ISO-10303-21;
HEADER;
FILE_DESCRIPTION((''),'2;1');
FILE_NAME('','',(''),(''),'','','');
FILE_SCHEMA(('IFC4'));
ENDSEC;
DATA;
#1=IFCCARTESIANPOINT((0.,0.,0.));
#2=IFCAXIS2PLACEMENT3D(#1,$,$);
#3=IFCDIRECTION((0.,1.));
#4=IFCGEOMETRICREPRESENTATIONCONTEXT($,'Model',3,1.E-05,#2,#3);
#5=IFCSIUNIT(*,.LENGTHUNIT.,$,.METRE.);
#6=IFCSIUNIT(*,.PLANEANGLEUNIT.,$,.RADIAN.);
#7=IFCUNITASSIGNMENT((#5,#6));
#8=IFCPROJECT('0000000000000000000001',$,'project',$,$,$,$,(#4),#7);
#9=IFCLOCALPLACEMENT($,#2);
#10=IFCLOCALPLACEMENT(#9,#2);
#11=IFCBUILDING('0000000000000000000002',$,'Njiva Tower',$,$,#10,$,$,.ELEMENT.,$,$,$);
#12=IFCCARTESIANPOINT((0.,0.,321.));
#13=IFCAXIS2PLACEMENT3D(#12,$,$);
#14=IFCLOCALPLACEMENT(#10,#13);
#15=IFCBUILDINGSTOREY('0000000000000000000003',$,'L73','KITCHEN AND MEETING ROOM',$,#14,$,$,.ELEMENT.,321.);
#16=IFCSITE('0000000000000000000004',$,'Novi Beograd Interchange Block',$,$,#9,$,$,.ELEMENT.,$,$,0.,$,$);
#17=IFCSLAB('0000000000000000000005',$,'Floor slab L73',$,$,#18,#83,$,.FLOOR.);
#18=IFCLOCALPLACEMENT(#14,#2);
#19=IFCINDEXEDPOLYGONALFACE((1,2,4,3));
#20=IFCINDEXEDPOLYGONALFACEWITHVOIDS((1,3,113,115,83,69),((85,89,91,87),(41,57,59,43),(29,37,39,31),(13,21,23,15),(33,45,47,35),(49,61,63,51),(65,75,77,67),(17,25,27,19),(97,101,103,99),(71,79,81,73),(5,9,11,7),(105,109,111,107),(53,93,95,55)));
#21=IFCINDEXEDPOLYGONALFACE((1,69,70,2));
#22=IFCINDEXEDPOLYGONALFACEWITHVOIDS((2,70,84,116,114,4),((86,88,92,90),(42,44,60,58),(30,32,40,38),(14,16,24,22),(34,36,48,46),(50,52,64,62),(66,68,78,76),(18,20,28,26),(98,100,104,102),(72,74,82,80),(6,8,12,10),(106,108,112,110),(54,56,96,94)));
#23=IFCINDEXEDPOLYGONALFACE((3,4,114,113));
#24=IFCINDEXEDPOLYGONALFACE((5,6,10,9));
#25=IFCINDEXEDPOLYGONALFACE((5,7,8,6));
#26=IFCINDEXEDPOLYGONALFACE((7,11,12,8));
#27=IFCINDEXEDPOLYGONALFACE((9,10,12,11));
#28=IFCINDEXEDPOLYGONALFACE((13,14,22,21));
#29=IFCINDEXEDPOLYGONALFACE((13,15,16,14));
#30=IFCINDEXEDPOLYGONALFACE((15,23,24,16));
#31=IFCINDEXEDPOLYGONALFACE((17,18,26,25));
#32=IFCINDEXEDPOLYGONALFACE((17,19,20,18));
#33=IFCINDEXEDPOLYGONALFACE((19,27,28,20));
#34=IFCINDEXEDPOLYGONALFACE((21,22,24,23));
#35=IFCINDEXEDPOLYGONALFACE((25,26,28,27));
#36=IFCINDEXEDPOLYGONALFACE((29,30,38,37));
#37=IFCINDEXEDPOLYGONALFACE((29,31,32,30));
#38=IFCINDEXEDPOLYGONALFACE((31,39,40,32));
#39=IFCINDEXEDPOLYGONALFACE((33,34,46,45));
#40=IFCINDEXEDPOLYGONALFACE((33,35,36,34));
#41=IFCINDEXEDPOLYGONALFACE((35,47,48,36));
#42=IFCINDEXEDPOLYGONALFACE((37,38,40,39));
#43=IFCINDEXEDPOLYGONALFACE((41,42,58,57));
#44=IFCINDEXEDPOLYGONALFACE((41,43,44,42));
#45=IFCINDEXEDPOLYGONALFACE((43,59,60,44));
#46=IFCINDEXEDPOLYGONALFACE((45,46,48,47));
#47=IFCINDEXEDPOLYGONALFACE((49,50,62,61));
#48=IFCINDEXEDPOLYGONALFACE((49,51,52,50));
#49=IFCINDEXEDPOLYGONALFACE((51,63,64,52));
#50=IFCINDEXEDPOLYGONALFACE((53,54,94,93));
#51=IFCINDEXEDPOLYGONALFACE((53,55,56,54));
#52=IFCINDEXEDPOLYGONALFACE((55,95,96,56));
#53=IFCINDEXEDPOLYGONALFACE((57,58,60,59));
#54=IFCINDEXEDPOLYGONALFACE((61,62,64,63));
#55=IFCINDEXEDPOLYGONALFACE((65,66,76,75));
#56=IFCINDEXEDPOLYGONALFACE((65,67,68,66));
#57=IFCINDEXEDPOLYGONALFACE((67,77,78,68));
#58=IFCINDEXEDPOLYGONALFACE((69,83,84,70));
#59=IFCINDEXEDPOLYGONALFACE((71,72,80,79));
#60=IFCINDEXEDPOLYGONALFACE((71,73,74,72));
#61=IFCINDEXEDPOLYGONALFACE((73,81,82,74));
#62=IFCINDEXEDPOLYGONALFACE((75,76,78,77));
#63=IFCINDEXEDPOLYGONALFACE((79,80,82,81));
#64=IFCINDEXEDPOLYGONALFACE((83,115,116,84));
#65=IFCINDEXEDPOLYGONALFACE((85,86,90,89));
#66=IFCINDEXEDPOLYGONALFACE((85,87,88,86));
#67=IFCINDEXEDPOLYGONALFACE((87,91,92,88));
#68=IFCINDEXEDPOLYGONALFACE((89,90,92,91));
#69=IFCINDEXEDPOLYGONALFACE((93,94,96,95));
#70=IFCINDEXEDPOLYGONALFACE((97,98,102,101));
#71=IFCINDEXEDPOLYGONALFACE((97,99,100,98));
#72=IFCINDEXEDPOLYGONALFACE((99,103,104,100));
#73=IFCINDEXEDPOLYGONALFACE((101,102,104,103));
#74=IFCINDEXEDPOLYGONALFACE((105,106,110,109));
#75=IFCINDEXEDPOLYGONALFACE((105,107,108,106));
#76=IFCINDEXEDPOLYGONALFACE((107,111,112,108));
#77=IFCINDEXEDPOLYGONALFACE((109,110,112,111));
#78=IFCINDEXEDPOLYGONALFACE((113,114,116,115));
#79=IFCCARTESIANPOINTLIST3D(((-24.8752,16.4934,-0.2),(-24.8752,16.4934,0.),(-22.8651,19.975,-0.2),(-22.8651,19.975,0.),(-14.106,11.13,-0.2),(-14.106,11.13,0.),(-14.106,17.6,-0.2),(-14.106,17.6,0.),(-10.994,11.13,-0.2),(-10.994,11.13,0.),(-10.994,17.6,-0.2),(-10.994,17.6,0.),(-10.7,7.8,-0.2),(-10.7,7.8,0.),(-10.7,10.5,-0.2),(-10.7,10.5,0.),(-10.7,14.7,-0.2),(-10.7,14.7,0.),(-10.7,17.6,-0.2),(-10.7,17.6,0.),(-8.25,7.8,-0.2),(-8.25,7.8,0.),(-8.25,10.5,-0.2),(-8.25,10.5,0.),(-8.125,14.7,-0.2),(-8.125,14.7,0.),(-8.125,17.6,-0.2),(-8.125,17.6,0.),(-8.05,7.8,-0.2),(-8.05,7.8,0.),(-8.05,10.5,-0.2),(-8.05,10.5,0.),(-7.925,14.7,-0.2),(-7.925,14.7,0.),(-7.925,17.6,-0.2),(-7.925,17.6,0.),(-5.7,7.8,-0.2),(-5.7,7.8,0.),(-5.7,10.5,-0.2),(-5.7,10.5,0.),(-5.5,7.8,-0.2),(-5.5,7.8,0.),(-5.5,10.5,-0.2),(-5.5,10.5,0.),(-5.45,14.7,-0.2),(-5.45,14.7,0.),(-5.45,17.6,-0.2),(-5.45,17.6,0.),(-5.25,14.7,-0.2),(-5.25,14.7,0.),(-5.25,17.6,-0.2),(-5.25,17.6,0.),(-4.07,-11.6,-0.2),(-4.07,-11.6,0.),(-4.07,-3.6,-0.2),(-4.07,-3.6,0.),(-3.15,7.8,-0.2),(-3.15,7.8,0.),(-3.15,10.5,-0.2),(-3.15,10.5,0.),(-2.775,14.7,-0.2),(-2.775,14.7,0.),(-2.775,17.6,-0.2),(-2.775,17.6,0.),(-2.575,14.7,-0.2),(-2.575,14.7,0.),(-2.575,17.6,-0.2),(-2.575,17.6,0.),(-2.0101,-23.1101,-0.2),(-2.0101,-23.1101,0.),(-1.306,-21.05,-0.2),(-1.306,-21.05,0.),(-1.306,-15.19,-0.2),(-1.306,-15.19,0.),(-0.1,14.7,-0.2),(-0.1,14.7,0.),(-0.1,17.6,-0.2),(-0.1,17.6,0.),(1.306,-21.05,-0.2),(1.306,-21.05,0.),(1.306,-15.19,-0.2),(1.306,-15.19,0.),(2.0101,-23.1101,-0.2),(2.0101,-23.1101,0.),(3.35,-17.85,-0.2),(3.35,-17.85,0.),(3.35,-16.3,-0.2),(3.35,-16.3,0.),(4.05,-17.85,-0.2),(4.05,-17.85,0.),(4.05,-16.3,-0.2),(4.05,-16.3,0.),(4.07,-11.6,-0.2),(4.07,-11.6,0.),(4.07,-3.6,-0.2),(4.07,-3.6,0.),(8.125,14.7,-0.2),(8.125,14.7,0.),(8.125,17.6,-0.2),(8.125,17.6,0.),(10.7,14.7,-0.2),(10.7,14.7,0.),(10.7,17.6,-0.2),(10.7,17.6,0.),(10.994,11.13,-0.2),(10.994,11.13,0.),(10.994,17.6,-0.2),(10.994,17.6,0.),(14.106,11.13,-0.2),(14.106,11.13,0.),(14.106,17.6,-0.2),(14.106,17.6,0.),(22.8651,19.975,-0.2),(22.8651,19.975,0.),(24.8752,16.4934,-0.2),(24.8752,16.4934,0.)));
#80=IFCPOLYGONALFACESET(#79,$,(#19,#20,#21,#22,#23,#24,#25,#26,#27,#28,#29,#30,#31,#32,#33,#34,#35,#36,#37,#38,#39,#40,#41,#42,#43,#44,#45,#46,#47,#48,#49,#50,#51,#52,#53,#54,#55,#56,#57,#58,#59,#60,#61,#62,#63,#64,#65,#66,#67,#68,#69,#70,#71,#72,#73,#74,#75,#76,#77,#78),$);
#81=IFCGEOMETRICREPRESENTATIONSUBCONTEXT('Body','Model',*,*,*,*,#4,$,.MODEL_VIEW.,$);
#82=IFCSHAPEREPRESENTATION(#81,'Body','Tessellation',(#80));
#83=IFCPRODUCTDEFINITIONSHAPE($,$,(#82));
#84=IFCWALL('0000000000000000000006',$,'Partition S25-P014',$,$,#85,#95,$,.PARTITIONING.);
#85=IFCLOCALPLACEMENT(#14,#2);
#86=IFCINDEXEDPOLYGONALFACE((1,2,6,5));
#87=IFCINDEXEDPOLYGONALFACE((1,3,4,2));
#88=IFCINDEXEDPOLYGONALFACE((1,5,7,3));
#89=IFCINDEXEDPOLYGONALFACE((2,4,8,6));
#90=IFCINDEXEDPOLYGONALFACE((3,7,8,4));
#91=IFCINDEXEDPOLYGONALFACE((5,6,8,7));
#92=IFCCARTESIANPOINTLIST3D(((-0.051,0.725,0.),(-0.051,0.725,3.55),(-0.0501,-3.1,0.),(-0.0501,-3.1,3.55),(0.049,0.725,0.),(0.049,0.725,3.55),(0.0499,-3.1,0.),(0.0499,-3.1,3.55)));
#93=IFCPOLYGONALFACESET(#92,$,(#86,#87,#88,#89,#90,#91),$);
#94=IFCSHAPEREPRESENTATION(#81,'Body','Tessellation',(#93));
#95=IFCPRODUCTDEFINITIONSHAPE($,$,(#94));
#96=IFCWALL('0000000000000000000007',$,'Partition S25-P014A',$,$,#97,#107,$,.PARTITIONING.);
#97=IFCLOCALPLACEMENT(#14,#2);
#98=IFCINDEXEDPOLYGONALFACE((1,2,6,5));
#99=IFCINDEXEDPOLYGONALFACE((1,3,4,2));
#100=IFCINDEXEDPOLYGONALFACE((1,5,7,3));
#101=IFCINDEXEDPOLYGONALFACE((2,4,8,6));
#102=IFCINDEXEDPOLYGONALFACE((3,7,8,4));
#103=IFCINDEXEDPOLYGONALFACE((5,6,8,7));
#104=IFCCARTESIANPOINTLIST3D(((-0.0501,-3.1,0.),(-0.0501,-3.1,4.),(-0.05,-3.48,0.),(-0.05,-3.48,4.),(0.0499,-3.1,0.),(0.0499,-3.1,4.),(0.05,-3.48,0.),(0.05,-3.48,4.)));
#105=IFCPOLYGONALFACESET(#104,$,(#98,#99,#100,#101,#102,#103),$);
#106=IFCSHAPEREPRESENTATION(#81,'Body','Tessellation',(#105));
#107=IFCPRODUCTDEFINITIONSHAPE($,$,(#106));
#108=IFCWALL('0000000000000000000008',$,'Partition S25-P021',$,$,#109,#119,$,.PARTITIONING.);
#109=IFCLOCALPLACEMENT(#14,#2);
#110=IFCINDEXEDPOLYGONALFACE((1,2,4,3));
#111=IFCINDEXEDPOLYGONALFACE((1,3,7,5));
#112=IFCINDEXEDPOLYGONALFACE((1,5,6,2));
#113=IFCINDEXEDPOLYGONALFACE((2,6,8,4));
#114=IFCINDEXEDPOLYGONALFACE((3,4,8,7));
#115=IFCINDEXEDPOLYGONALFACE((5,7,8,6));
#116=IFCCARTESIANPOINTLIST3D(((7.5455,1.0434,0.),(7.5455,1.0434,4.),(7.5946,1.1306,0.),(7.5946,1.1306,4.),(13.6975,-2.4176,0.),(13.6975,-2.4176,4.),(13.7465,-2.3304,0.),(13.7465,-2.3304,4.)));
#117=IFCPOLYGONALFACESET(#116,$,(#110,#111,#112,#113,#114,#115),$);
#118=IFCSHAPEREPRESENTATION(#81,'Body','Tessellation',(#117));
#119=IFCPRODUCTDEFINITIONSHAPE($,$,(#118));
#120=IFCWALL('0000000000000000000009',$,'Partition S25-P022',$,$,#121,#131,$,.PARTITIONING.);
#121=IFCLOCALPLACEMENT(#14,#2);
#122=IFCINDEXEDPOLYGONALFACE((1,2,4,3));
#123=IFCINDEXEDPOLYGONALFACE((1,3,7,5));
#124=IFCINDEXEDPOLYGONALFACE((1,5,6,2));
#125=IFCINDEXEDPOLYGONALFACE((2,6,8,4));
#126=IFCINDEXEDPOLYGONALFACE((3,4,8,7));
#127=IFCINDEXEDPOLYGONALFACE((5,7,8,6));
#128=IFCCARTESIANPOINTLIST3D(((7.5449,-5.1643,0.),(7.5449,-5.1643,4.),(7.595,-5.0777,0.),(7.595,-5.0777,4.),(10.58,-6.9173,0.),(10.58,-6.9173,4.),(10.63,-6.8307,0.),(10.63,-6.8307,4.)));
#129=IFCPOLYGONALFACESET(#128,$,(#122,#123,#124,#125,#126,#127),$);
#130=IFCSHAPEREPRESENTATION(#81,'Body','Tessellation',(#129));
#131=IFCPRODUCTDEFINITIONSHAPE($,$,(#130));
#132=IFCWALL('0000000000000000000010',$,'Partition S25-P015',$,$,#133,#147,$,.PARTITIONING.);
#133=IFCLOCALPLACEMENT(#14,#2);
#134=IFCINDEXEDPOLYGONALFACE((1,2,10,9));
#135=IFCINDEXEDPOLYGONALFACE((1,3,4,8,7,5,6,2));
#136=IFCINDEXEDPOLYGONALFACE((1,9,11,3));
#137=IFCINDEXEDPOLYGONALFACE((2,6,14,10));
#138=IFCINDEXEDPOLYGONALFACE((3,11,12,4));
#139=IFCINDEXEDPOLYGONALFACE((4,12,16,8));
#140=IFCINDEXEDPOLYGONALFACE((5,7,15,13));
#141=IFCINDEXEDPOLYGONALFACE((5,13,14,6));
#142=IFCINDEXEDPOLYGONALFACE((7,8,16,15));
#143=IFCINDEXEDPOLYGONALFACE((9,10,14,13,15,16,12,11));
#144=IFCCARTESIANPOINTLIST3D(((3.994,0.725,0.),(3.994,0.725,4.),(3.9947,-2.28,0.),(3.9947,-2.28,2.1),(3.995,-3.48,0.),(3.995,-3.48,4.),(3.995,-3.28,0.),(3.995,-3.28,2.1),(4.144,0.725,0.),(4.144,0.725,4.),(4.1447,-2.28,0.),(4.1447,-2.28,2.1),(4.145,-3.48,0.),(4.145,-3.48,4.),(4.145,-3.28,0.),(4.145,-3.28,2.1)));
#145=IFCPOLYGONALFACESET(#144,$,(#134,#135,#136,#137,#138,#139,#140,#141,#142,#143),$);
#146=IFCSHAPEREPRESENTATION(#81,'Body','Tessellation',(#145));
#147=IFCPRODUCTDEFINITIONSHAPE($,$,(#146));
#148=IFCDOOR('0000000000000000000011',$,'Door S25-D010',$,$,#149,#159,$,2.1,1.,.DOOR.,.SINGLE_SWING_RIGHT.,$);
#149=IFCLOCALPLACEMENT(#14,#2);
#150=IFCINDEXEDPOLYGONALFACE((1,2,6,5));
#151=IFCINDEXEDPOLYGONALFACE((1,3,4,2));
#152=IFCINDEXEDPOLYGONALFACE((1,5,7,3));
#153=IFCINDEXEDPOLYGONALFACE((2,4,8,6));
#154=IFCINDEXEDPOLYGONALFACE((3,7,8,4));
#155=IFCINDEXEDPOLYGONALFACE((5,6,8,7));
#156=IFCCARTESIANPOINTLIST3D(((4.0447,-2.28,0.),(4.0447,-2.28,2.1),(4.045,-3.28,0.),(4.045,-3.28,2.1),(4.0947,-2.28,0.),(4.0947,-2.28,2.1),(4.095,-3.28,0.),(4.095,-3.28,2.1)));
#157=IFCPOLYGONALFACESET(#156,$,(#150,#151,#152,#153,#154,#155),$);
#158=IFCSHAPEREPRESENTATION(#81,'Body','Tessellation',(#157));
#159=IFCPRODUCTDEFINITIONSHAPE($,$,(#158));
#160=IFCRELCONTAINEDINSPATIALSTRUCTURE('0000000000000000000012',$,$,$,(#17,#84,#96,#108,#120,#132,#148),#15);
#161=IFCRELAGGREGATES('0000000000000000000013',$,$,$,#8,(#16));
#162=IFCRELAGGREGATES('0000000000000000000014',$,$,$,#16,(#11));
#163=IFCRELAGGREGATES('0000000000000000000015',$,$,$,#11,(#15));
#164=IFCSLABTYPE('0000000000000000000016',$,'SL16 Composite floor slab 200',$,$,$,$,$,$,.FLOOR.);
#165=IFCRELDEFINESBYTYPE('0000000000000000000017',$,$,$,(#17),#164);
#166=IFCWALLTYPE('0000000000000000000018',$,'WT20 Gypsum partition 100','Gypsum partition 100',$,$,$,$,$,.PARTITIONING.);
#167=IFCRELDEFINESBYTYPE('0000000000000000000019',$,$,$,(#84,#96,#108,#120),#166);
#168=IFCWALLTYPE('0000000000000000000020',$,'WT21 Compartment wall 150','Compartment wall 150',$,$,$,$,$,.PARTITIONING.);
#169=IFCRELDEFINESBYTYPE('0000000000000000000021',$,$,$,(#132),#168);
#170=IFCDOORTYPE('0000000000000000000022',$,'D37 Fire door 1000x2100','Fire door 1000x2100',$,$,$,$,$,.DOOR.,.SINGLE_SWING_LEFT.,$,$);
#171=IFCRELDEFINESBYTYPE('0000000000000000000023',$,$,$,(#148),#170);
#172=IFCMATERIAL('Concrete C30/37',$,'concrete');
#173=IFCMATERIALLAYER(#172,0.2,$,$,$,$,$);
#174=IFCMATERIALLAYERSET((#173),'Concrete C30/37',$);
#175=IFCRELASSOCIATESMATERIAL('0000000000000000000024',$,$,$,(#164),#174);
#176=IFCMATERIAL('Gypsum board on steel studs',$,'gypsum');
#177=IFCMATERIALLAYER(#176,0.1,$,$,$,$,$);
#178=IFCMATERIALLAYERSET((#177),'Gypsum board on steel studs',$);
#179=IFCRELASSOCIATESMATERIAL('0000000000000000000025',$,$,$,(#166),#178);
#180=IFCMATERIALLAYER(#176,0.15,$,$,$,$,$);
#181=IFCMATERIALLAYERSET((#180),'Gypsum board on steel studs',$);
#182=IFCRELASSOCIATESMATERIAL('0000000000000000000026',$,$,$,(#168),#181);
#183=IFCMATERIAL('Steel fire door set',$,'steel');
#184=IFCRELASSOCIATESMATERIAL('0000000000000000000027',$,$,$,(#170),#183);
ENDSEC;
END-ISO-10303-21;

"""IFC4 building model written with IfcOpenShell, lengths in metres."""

from ifc_helpers import new_model, si_unit, direction, frame, frame_2d, origin, place, context, subcontext, project, spatial, polyline, rectangle, outline, extrude, material, layer, layer_set, type_object, element, fill, save


model = new_model("IFC4")

# Units and contexts
model_context = context("Model", 3, precision=1e-05, world=origin(), true_north=direction((0.0, 1.0)))
body_context = subcontext(model_context, "Body", "Model", "MODEL_VIEW")
ifc_project = project(units=[si_unit("LENGTHUNIT", "METRE"), si_unit("PLANEANGLEUNIT", "RADIAN")], contexts=[model_context])

# Site, building, storey
site_placement = place(None, origin())
site = spatial("IfcSite", under=ifc_project, at=site_placement, Name="Novi Beograd Interchange Block", CompositionType="ELEMENT", RefElevation=0.0)
building_placement = place(site_placement, origin())
building = spatial("IfcBuilding", under=site, at=building_placement, Name="Njiva Tower", CompositionType="ELEMENT")
storey_placement = place(building_placement, frame((0.0, 0.0, 321.0)))
storey = spatial("IfcBuildingStorey", under=building, at=storey_placement, Name="L73", Description="KITCHEN AND MEETING ROOM", CompositionType="ELEMENT", Elevation=321.0)

# Slab
ifc_material_1 = material(Name="Concrete C30/37", Category="concrete")
ifc_layer_1 = layer(ifc_material_1, 0.2)
ifc_layer_set_1 = layer_set([ifc_layer_1], Name="Concrete C30/37")
slab_type_1 = type_object("IfcSlabType", Name="SL16 Composite floor slab 200", PredefinedType="FLOOR", material=ifc_layer_set_1)
slab_1_placement = place(storey_placement, frame((0.0, 0.0, -0.2)))
element("IfcSlab", 1, at=slab_1_placement, inside=storey, type_object=slab_type_1, Name="Floor slab L73", PredefinedType="FLOOR", context=body_context, shape_type="SweptSolid", body=[
    extrude(outline(polyline([(24.8752, 16.4934), (2.0101, -23.1101), (-2.0101, -23.1101), (-24.8752, 16.4934), (-22.8651, 19.975), (22.8651, 19.975), (24.8752, 16.4934)]), holes=[polyline([(10.994, 11.13), (14.106, 11.13), (14.106, 17.6), (10.994, 17.6), (10.994, 11.13)]), polyline([(8.125, 14.7), (10.7, 14.7), (10.7, 17.6), (8.125, 17.6), (8.125, 14.7)]), polyline([(4.07, -11.6), (4.07, -3.6), (-4.07, -3.6), (-4.07, -11.6), (4.07, -11.6)]), polyline([(3.35, -17.85), (4.05, -17.85), (4.05, -16.3), (3.35, -16.3), (3.35, -17.85)]), polyline([(-1.306, -21.05), (1.306, -21.05), (1.306, -15.19), (-1.306, -15.19), (-1.306, -21.05)]), polyline([(-2.575, 14.7), (-0.1, 14.7), (-0.1, 17.6), (-2.575, 17.6), (-2.575, 14.7)]), polyline([(-2.775, 14.7), (-2.775, 17.6), (-5.25, 17.6), (-5.25, 14.7), (-2.775, 14.7)]), polyline([(-5.5, 7.8), (-3.15, 7.8), (-3.15, 10.5), (-5.5, 10.5), (-5.5, 7.8)]), polyline([(-7.925, 14.7), (-5.45, 14.7), (-5.45, 17.6), (-7.925, 17.6), (-7.925, 14.7)]), polyline([(-8.05, 7.8), (-5.7, 7.8), (-5.7, 10.5), (-8.05, 10.5), (-8.05, 7.8)]), polyline([(-10.7, 14.7), (-8.125, 14.7), (-8.125, 17.6), (-10.7, 17.6), (-10.7, 14.7)]), polyline([(-8.25, 7.8), (-8.25, 10.5), (-10.7, 10.5), (-10.7, 7.8), (-8.25, 7.8)]), polyline([(-10.994, 11.13), (-10.994, 17.6), (-14.106, 17.6), (-14.106, 11.13), (-10.994, 11.13)])]), origin(), (0.0, 0.0, 1.0), 0.2),
])

# Walls
ifc_material_2 = material(Name="Gypsum board on steel studs", Category="gypsum")
ifc_layer_2 = layer(ifc_material_2, 0.1)
ifc_layer_set_2 = layer_set([ifc_layer_2], Name="Gypsum board on steel studs")
wall_type_1 = type_object("IfcWallType", Name="WT20 Gypsum partition 100", Description="Gypsum partition 100", PredefinedType="PARTITIONING", material=ifc_layer_set_2)
wall_1_placement = place(storey_placement, frame((-0.001, 0.725, 0.0), z_axis=(0.0, 0.0, 1.0), x_axis=(0.000235, -1.0, 0.0)))
element("IfcWall", 2, at=wall_1_placement, inside=storey, type_object=wall_type_1, Name="Partition S25-P014", PredefinedType="PARTITIONING", context=body_context, shape_type="SweptSolid", body=[
    extrude(rectangle(XDim=3.825, YDim=0.1, at=frame_2d((1.9125, 0.0))), origin(), (0.0, 0.0, 1.0), 3.55),
])
wall_2_placement = place(storey_placement, frame((-0.0001, -3.1, 0.0), z_axis=(0.0, 0.0, 1.0), x_axis=(0.000263, -1.0, 0.0)))
element("IfcWall", 3, at=wall_2_placement, inside=storey, type_object=wall_type_1, Name="Partition S25-P014A", PredefinedType="PARTITIONING", context=body_context, shape_type="SweptSolid", body=[
    extrude(rectangle(XDim=0.38, YDim=0.1, at=frame_2d((0.19, 0.0))), origin(), (0.0, 0.0, 1.0), 4.0),
])
wall_3_placement = place(storey_placement, frame((7.57, 1.087, 0.0), z_axis=(0.0, 0.0, 1.0), x_axis=(0.871545, -0.490315, 0.0)))
element("IfcWall", 4, at=wall_3_placement, inside=storey, type_object=wall_type_1, Name="Partition S25-P021", PredefinedType="PARTITIONING", context=body_context, shape_type="SweptSolid", body=[
    extrude(rectangle(XDim=7.0587, YDim=0.1, at=frame_2d((3.5294, 0.0))), origin(), (0.0, 0.0, 1.0), 4.0),
])
wall_4_placement = place(storey_placement, frame((7.57, -5.121, 0.0), z_axis=(0.0, 0.0, 1.0), x_axis=(0.865934, -0.500159, 0.0)))
element("IfcWall", 5, at=wall_4_placement, inside=storey, type_object=wall_type_1, Name="Partition S25-P022", PredefinedType="PARTITIONING", context=body_context, shape_type="SweptSolid", body=[
    extrude(rectangle(XDim=3.5049, YDim=0.1, at=frame_2d((1.7524, 0.0))), origin(), (0.0, 0.0, 1.0), 4.0),
])

# Wall, opening, door
ifc_layer_3 = layer(ifc_material_2, 0.15)
ifc_layer_set_3 = layer_set([ifc_layer_3], Name="Gypsum board on steel studs")
wall_type_2 = type_object("IfcWallType", Name="WT21 Compartment wall 150", Description="Compartment wall 150", PredefinedType="PARTITIONING", material=ifc_layer_set_3)
wall_5_placement = place(storey_placement, frame((4.069, 0.725, 0.0), z_axis=(0.0, 0.0, 1.0), x_axis=(0.000238, -1.0, 0.0)))
wall_5 = element("IfcWall", 6, at=wall_5_placement, inside=storey, type_object=wall_type_2, Name="Partition S25-P015", PredefinedType="PARTITIONING", context=body_context, shape_type="SweptSolid", body=[
    extrude(rectangle(XDim=4.205, YDim=0.15, at=frame_2d((2.1025, 0.0))), origin(), (0.0, 0.0, 1.0), 4.0),
])
opening_1_placement = place(wall_5_placement, frame((3.005, 0.0, 0.0)))
opening_1 = element("IfcOpeningElement", 7, at=opening_1_placement, cuts=wall_5, PredefinedType="OPENING", context=body_context, shape_type="SweptSolid", body=[
    extrude(rectangle(XDim=1.0, YDim=2.1, at=frame_2d((0.5, 1.05))), frame((0.0, 0.085, 0.0), z_axis=(0.0, -1.0, 0.0), x_axis=(1.0, 0.0, 0.0)), (0.0, 0.0, 1.0), 0.17),
])
ifc_material_3 = material(Name="Steel fire door set", Category="steel")
door_type = type_object("IfcDoorType", Name="D37 Fire door 1000x2100", Description="Fire door 1000x2100", OperationType="SINGLE_SWING_LEFT", PredefinedType="DOOR", material=ifc_material_3)
door_1_placement = place(opening_1_placement, origin())
door_1 = element("IfcDoor", 8, at=door_1_placement, inside=storey, type_object=door_type, Name="Door S25-D010", OperationType="SINGLE_SWING_RIGHT", OverallHeight=2.1, OverallWidth=1.0, PredefinedType="DOOR", context=body_context, shape_type="SweptSolid", body=[
    extrude(rectangle(XDim=1.0, YDim=2.1, at=frame_2d((0.5, 1.05))), frame((0.0, 0.025, 0.0), z_axis=(0.0, -1.0, 0.0), x_axis=(1.0, 0.0, 0.0)), (0.0, 0.0, 1.0), 0.05),
])
fill(opening_1, door_1)

save(model, "model.ifc")
